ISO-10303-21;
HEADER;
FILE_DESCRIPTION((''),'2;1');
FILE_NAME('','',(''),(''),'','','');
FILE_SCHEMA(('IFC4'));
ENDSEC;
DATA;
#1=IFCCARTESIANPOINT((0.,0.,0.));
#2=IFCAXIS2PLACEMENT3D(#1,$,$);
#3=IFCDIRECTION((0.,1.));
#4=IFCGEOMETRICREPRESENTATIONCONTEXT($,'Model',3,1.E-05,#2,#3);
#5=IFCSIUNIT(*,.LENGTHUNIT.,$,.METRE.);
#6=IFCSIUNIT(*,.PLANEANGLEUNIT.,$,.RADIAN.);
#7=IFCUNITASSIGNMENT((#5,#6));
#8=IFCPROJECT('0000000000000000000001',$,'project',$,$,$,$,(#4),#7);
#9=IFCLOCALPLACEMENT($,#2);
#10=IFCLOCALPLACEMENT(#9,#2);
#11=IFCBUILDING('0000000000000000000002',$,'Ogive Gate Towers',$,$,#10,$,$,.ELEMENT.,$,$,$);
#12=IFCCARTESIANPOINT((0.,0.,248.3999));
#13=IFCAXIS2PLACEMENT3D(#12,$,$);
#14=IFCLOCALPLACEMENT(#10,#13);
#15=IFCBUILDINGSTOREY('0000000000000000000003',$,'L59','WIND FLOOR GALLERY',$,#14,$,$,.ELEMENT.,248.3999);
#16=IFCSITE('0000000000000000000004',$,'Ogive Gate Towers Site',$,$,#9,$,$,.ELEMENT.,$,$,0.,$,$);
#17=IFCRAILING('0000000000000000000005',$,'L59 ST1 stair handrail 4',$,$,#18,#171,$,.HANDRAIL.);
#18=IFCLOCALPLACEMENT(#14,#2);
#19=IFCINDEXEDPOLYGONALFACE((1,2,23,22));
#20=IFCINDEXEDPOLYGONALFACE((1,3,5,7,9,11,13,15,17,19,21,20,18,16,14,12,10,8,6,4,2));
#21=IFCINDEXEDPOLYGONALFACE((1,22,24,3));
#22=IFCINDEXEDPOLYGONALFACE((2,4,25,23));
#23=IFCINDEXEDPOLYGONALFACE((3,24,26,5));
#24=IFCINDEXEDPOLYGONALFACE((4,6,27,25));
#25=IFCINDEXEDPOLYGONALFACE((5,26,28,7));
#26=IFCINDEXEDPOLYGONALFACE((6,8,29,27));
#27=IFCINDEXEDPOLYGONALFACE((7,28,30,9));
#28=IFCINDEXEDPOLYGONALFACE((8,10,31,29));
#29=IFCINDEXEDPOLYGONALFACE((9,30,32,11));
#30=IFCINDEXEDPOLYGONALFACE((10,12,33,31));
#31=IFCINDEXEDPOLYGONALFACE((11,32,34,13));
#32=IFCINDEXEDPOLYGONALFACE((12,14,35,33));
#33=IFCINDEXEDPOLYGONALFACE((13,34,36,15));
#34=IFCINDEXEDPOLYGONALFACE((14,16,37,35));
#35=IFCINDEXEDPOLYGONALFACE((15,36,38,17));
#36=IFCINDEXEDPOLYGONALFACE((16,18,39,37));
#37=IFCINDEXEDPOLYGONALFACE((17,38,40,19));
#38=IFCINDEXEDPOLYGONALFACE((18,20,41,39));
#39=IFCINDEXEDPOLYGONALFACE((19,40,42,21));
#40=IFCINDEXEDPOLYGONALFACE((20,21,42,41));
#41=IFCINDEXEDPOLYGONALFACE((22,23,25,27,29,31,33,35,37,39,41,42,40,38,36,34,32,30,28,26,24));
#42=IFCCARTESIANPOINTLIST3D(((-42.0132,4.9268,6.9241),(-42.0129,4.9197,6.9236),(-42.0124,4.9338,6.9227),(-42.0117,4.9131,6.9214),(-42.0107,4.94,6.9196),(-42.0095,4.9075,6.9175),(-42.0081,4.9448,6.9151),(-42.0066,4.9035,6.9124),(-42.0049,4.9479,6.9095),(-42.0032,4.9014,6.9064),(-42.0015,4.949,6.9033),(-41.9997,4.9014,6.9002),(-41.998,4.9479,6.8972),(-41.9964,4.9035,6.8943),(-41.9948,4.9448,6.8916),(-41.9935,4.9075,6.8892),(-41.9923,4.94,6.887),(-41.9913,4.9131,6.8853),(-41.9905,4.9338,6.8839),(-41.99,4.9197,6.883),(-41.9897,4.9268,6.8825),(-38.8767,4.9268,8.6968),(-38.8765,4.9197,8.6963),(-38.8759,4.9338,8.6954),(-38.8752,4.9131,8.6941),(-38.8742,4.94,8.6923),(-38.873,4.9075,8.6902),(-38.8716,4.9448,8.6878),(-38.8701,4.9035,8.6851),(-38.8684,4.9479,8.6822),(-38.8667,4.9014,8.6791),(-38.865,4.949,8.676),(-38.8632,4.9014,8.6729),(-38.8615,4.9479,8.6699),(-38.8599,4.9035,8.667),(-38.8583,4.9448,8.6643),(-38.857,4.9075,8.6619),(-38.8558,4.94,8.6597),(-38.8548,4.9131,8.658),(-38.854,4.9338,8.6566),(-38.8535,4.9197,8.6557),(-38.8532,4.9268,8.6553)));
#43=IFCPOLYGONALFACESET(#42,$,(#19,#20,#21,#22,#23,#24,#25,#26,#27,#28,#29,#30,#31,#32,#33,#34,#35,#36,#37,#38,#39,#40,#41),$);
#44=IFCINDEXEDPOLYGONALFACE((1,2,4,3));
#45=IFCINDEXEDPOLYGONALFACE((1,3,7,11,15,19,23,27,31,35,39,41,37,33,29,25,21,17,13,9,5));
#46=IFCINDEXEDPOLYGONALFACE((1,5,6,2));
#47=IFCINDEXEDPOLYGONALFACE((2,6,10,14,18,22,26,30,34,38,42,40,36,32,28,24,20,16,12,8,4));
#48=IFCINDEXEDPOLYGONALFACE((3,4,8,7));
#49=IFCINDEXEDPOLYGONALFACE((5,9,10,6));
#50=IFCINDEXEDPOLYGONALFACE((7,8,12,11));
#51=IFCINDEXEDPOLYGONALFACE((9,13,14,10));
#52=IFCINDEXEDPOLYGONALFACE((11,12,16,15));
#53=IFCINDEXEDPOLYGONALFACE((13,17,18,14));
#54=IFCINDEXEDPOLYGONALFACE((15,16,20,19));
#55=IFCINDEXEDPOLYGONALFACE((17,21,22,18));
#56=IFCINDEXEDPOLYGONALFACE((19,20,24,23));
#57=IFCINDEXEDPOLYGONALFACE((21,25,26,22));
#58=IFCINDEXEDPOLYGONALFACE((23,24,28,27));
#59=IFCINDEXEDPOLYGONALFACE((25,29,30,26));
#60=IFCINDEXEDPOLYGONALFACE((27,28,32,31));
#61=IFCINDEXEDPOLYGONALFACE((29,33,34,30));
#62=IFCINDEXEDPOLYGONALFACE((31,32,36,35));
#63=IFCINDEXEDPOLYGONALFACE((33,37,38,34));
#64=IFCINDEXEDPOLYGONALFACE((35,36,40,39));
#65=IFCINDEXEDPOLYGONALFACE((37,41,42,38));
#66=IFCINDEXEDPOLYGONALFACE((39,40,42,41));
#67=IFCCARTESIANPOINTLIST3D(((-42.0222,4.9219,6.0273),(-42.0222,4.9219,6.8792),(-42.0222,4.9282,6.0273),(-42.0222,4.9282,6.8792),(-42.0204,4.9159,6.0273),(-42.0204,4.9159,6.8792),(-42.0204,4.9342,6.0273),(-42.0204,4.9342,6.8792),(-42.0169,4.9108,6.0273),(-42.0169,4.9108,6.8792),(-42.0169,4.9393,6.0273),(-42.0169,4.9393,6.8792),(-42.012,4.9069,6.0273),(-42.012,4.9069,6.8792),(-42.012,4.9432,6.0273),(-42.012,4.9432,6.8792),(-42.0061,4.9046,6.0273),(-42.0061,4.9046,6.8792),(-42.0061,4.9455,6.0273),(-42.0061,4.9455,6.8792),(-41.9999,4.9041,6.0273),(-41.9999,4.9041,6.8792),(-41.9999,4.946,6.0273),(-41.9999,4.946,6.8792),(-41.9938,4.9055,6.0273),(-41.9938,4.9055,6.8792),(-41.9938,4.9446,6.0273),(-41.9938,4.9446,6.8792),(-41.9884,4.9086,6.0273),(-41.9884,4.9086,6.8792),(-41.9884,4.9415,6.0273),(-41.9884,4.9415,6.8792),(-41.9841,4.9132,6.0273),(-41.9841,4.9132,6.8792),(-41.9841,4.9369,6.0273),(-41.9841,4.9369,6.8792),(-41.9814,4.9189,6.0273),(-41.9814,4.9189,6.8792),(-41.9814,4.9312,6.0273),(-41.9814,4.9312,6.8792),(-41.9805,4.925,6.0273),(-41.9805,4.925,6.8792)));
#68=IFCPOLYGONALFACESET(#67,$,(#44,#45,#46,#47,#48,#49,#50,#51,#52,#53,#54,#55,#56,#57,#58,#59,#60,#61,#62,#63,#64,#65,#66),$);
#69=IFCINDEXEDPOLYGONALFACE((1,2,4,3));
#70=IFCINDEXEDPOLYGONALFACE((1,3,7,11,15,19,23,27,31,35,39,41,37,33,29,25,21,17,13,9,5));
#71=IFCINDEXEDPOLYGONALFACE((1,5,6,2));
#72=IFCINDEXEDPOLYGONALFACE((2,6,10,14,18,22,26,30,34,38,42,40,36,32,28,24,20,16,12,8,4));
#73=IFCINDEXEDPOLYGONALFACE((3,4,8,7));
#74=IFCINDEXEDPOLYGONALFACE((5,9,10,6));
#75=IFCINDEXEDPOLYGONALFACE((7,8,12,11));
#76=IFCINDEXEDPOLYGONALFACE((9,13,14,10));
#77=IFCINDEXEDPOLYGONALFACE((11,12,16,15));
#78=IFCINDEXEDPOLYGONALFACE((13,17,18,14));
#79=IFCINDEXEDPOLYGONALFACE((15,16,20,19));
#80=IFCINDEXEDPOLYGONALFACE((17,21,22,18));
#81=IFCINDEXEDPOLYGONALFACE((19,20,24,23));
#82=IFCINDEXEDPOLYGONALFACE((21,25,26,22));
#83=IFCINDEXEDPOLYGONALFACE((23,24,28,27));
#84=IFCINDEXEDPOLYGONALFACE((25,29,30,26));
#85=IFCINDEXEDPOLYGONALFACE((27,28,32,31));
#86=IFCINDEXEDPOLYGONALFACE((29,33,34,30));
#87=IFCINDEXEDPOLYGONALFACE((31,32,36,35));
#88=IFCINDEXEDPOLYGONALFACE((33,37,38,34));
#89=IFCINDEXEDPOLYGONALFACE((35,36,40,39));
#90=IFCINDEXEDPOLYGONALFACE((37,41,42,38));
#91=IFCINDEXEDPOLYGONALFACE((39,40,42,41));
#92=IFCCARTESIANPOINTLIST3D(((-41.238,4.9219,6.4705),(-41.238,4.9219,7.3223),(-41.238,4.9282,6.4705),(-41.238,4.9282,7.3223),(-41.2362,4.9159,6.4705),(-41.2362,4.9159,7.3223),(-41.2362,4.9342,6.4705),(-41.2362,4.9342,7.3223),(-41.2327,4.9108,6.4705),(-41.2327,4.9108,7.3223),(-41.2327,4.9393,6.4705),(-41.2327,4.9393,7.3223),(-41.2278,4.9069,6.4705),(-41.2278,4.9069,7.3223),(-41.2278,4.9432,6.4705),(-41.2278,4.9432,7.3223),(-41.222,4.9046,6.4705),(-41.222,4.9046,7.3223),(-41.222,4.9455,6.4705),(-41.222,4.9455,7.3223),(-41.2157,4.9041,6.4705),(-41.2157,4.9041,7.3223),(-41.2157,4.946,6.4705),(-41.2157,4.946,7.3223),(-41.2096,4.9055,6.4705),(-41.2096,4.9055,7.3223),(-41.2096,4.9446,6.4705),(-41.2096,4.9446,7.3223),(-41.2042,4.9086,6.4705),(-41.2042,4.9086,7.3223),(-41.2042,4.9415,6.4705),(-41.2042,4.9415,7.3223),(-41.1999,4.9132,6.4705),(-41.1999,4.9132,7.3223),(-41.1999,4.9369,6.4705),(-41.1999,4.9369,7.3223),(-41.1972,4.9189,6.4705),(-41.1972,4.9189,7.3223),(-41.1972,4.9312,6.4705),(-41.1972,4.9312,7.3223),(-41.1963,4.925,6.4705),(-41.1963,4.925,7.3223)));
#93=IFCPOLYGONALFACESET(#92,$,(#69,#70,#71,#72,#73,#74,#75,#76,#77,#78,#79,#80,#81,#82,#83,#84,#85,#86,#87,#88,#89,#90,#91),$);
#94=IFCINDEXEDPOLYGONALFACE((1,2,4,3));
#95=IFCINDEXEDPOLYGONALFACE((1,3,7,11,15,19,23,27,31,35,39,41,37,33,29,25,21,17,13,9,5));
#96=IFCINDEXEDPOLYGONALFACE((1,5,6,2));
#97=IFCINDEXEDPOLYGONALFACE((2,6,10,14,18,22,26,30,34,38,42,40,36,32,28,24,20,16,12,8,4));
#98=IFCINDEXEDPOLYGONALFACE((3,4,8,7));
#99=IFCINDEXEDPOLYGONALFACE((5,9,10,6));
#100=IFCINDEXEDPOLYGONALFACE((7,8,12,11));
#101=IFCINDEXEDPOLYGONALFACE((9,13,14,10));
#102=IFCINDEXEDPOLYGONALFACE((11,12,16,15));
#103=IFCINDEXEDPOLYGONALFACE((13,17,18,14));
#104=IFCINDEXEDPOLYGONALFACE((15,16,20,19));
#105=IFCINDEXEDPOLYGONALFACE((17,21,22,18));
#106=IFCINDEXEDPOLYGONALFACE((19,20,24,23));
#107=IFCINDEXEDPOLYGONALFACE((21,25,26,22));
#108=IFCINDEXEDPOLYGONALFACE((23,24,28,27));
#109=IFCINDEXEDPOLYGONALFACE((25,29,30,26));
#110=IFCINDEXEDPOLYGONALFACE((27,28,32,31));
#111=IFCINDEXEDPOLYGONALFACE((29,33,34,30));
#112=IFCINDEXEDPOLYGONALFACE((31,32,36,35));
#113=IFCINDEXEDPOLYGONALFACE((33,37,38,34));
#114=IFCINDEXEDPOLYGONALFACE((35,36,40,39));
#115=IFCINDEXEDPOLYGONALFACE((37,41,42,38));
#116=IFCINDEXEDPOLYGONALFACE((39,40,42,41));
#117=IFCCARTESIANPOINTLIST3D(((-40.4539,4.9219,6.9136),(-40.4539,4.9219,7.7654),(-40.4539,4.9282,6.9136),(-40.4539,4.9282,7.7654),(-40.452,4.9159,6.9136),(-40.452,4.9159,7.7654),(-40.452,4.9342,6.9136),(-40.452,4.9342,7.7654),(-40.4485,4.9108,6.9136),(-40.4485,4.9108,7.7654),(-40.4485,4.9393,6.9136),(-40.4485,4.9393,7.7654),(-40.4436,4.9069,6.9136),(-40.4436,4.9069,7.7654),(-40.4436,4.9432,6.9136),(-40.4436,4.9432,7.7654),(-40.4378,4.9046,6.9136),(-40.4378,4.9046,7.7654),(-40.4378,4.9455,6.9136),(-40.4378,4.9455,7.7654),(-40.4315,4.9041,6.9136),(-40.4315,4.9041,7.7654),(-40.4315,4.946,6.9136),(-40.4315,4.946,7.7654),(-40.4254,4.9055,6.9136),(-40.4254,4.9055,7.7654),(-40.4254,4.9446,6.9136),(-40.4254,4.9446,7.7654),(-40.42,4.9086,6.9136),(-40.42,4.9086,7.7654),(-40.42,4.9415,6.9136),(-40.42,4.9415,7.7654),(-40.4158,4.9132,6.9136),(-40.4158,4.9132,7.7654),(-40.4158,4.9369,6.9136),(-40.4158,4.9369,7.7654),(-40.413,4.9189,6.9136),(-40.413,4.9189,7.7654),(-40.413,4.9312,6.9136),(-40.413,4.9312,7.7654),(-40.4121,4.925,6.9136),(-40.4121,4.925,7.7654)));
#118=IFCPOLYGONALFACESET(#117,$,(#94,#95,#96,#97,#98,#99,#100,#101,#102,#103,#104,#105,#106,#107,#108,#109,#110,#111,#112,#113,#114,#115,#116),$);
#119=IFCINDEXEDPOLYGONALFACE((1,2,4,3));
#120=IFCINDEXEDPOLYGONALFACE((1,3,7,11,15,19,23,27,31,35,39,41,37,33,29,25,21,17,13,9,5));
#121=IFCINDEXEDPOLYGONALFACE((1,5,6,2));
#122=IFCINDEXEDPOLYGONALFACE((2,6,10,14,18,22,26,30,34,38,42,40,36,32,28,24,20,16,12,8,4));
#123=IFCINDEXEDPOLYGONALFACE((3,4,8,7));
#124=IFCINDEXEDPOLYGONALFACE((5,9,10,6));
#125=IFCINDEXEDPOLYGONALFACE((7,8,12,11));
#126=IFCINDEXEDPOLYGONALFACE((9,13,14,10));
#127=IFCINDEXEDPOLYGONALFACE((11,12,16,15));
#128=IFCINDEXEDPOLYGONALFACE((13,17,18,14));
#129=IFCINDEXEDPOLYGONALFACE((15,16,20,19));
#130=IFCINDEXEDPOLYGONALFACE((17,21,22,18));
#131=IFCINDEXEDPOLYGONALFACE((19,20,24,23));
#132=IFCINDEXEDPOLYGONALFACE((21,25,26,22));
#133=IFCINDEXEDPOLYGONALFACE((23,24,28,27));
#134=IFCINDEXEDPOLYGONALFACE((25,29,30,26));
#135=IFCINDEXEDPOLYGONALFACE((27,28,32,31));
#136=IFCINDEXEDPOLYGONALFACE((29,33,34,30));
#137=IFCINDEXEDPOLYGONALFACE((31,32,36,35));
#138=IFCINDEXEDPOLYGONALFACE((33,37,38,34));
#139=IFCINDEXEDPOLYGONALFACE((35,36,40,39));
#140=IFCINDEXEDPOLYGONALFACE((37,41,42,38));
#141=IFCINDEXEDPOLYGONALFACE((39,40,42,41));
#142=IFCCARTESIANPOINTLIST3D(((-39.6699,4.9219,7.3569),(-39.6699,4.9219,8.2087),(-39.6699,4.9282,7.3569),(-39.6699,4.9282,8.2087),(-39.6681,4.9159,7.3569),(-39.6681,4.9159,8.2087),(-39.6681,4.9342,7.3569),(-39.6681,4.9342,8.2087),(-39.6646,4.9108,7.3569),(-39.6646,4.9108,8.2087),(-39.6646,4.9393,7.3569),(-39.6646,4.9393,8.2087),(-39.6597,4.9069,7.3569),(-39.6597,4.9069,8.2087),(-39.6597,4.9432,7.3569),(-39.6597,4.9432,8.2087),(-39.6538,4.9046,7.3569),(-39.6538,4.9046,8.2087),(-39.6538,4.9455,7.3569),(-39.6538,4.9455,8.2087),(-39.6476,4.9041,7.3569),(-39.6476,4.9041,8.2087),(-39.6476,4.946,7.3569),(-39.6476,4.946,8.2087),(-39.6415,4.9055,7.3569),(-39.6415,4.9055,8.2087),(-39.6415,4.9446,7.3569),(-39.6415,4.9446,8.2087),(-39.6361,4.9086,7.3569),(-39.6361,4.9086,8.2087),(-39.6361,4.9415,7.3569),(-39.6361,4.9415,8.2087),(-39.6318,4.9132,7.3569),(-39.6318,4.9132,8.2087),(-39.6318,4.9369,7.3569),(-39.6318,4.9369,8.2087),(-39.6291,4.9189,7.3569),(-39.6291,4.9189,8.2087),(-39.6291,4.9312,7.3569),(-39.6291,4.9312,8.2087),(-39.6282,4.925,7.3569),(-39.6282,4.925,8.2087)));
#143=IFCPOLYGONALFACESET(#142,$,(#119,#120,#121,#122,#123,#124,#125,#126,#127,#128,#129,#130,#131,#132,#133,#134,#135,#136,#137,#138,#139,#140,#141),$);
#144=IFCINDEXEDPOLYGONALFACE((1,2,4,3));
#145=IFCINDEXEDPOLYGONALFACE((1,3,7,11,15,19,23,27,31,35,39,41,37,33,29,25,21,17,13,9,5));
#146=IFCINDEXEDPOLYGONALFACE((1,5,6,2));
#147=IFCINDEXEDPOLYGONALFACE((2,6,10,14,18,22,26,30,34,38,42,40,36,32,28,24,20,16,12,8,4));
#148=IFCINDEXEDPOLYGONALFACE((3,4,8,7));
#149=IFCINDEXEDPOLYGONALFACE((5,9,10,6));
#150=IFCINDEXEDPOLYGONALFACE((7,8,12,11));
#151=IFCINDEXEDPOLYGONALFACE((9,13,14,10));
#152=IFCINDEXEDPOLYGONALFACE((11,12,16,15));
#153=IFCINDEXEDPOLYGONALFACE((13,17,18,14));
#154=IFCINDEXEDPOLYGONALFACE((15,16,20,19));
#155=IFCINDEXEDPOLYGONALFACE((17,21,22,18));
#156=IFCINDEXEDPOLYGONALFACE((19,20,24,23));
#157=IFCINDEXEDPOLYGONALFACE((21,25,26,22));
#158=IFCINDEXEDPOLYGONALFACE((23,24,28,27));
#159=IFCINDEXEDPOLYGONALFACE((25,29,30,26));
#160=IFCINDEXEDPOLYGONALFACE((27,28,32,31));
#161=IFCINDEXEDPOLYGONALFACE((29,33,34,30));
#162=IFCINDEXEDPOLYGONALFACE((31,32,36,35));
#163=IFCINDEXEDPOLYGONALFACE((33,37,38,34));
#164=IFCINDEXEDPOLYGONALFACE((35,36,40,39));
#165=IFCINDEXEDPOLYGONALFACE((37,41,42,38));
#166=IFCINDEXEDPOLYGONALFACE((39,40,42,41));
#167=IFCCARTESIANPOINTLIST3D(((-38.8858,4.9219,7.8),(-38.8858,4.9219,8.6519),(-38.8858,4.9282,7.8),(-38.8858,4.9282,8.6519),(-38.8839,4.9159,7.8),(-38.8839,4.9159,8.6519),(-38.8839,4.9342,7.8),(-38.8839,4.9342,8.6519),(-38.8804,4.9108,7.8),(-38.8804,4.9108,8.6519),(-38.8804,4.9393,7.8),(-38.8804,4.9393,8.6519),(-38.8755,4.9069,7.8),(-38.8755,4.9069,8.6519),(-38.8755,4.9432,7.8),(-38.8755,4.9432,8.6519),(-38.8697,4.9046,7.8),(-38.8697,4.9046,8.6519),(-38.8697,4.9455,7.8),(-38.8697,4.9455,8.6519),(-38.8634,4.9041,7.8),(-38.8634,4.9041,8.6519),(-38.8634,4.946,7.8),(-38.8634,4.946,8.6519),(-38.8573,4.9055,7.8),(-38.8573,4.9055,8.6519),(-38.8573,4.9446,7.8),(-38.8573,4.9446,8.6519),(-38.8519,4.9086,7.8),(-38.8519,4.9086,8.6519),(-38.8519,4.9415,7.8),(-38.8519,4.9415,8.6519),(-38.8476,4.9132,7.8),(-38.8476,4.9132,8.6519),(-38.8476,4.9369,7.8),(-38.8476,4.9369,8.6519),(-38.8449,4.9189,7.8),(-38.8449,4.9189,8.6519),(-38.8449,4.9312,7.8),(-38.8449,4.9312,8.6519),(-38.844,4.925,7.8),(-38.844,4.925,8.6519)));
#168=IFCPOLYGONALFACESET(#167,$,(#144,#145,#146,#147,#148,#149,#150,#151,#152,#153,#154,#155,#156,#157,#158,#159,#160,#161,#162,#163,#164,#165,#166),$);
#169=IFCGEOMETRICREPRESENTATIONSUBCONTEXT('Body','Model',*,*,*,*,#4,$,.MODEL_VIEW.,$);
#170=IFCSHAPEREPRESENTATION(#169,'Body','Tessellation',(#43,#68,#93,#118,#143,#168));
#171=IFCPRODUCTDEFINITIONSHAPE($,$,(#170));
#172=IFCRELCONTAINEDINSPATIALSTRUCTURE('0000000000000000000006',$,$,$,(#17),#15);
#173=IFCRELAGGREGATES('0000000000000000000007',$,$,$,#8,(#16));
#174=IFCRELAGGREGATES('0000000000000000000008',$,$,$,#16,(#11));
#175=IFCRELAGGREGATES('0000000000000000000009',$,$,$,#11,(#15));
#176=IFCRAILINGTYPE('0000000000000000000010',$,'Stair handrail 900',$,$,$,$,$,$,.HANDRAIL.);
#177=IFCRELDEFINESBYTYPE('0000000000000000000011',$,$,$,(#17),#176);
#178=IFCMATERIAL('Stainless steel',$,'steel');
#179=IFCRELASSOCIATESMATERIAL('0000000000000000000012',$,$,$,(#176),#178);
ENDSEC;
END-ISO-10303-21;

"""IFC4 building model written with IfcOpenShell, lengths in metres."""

from ifc_helpers import new_model, si_unit, direction, frame, origin, origin_2d, place, context, subcontext, project, spatial, circle, extrude, material, type_object, element, save


model = new_model("IFC4")

# Units and contexts
model_context = context("Model", 3, precision=1e-05, world=origin(), true_north=direction((0.0, 1.0)))
body_context = subcontext(model_context, "Body", "Model", "MODEL_VIEW")
ifc_project = project(units=[si_unit("LENGTHUNIT", "METRE"), si_unit("PLANEANGLEUNIT", "RADIAN")], contexts=[model_context])

# Site, building, storey
site_placement = place(None, origin())
site = spatial("IfcSite", under=ifc_project, at=site_placement, Name="Ogive Gate Towers Site", CompositionType="ELEMENT", RefElevation=0.0)
building_placement = place(site_placement, origin())
building = spatial("IfcBuilding", under=site, at=building_placement, Name="Ogive Gate Towers", CompositionType="ELEMENT")
storey_placement = place(building_placement, frame((0.0, 0.0, 248.3999)))
storey = spatial("IfcBuildingStorey", under=building, at=storey_placement, Name="L59", Description="WIND FLOOR GALLERY", CompositionType="ELEMENT", Elevation=248.3999)

# Railing
ifc_material_1 = material(Name="Stainless steel", Category="steel")
railing_type_1 = type_object("IfcRailingType", Name="Stair handrail 900", PredefinedType="HANDRAIL", material=ifc_material_1)
railing_1_placement = place(storey_placement, frame((-42.0015, 4.925, 6.0273)))
element("IfcRailing", 1, at=railing_1_placement, inside=storey, type_object=railing_type_1, Name="L59 ST1 stair handrail 4", PredefinedType="HANDRAIL", context=body_context, shape_type="SweptSolid", body=[
    extrude(circle(Radius=0.0239, at=origin_2d()), frame((0.0, 0.0, 0.876), z_axis=(0.870573, 0.0, 0.492039), x_axis=(0.0, 1.0, 0.0)), (0.0, 0.0, 1.0), 3.6028),
    extrude(circle(Radius=0.021, at=origin_2d()), origin(), (0.0, 0.0, 1.0), 0.8518),
    extrude(circle(Radius=0.021, at=origin_2d()), frame((0.7842, 0.0, 0.4431)), (0.0, 0.0, 1.0), 0.8518),
    extrude(circle(Radius=0.021, at=origin_2d()), frame((1.5684, 0.0, 0.8862)), (0.0, 0.0, 1.0), 0.8518),
    extrude(circle(Radius=0.021, at=origin_2d()), frame((2.3523, 0.0, 1.3296)), (0.0, 0.0, 1.0), 0.8518),
    extrude(circle(Radius=0.021, at=origin_2d()), frame((3.1365, 0.0, 1.7727)), (0.0, 0.0, 1.0), 0.8518),
])

save(model, "model.ifc")
